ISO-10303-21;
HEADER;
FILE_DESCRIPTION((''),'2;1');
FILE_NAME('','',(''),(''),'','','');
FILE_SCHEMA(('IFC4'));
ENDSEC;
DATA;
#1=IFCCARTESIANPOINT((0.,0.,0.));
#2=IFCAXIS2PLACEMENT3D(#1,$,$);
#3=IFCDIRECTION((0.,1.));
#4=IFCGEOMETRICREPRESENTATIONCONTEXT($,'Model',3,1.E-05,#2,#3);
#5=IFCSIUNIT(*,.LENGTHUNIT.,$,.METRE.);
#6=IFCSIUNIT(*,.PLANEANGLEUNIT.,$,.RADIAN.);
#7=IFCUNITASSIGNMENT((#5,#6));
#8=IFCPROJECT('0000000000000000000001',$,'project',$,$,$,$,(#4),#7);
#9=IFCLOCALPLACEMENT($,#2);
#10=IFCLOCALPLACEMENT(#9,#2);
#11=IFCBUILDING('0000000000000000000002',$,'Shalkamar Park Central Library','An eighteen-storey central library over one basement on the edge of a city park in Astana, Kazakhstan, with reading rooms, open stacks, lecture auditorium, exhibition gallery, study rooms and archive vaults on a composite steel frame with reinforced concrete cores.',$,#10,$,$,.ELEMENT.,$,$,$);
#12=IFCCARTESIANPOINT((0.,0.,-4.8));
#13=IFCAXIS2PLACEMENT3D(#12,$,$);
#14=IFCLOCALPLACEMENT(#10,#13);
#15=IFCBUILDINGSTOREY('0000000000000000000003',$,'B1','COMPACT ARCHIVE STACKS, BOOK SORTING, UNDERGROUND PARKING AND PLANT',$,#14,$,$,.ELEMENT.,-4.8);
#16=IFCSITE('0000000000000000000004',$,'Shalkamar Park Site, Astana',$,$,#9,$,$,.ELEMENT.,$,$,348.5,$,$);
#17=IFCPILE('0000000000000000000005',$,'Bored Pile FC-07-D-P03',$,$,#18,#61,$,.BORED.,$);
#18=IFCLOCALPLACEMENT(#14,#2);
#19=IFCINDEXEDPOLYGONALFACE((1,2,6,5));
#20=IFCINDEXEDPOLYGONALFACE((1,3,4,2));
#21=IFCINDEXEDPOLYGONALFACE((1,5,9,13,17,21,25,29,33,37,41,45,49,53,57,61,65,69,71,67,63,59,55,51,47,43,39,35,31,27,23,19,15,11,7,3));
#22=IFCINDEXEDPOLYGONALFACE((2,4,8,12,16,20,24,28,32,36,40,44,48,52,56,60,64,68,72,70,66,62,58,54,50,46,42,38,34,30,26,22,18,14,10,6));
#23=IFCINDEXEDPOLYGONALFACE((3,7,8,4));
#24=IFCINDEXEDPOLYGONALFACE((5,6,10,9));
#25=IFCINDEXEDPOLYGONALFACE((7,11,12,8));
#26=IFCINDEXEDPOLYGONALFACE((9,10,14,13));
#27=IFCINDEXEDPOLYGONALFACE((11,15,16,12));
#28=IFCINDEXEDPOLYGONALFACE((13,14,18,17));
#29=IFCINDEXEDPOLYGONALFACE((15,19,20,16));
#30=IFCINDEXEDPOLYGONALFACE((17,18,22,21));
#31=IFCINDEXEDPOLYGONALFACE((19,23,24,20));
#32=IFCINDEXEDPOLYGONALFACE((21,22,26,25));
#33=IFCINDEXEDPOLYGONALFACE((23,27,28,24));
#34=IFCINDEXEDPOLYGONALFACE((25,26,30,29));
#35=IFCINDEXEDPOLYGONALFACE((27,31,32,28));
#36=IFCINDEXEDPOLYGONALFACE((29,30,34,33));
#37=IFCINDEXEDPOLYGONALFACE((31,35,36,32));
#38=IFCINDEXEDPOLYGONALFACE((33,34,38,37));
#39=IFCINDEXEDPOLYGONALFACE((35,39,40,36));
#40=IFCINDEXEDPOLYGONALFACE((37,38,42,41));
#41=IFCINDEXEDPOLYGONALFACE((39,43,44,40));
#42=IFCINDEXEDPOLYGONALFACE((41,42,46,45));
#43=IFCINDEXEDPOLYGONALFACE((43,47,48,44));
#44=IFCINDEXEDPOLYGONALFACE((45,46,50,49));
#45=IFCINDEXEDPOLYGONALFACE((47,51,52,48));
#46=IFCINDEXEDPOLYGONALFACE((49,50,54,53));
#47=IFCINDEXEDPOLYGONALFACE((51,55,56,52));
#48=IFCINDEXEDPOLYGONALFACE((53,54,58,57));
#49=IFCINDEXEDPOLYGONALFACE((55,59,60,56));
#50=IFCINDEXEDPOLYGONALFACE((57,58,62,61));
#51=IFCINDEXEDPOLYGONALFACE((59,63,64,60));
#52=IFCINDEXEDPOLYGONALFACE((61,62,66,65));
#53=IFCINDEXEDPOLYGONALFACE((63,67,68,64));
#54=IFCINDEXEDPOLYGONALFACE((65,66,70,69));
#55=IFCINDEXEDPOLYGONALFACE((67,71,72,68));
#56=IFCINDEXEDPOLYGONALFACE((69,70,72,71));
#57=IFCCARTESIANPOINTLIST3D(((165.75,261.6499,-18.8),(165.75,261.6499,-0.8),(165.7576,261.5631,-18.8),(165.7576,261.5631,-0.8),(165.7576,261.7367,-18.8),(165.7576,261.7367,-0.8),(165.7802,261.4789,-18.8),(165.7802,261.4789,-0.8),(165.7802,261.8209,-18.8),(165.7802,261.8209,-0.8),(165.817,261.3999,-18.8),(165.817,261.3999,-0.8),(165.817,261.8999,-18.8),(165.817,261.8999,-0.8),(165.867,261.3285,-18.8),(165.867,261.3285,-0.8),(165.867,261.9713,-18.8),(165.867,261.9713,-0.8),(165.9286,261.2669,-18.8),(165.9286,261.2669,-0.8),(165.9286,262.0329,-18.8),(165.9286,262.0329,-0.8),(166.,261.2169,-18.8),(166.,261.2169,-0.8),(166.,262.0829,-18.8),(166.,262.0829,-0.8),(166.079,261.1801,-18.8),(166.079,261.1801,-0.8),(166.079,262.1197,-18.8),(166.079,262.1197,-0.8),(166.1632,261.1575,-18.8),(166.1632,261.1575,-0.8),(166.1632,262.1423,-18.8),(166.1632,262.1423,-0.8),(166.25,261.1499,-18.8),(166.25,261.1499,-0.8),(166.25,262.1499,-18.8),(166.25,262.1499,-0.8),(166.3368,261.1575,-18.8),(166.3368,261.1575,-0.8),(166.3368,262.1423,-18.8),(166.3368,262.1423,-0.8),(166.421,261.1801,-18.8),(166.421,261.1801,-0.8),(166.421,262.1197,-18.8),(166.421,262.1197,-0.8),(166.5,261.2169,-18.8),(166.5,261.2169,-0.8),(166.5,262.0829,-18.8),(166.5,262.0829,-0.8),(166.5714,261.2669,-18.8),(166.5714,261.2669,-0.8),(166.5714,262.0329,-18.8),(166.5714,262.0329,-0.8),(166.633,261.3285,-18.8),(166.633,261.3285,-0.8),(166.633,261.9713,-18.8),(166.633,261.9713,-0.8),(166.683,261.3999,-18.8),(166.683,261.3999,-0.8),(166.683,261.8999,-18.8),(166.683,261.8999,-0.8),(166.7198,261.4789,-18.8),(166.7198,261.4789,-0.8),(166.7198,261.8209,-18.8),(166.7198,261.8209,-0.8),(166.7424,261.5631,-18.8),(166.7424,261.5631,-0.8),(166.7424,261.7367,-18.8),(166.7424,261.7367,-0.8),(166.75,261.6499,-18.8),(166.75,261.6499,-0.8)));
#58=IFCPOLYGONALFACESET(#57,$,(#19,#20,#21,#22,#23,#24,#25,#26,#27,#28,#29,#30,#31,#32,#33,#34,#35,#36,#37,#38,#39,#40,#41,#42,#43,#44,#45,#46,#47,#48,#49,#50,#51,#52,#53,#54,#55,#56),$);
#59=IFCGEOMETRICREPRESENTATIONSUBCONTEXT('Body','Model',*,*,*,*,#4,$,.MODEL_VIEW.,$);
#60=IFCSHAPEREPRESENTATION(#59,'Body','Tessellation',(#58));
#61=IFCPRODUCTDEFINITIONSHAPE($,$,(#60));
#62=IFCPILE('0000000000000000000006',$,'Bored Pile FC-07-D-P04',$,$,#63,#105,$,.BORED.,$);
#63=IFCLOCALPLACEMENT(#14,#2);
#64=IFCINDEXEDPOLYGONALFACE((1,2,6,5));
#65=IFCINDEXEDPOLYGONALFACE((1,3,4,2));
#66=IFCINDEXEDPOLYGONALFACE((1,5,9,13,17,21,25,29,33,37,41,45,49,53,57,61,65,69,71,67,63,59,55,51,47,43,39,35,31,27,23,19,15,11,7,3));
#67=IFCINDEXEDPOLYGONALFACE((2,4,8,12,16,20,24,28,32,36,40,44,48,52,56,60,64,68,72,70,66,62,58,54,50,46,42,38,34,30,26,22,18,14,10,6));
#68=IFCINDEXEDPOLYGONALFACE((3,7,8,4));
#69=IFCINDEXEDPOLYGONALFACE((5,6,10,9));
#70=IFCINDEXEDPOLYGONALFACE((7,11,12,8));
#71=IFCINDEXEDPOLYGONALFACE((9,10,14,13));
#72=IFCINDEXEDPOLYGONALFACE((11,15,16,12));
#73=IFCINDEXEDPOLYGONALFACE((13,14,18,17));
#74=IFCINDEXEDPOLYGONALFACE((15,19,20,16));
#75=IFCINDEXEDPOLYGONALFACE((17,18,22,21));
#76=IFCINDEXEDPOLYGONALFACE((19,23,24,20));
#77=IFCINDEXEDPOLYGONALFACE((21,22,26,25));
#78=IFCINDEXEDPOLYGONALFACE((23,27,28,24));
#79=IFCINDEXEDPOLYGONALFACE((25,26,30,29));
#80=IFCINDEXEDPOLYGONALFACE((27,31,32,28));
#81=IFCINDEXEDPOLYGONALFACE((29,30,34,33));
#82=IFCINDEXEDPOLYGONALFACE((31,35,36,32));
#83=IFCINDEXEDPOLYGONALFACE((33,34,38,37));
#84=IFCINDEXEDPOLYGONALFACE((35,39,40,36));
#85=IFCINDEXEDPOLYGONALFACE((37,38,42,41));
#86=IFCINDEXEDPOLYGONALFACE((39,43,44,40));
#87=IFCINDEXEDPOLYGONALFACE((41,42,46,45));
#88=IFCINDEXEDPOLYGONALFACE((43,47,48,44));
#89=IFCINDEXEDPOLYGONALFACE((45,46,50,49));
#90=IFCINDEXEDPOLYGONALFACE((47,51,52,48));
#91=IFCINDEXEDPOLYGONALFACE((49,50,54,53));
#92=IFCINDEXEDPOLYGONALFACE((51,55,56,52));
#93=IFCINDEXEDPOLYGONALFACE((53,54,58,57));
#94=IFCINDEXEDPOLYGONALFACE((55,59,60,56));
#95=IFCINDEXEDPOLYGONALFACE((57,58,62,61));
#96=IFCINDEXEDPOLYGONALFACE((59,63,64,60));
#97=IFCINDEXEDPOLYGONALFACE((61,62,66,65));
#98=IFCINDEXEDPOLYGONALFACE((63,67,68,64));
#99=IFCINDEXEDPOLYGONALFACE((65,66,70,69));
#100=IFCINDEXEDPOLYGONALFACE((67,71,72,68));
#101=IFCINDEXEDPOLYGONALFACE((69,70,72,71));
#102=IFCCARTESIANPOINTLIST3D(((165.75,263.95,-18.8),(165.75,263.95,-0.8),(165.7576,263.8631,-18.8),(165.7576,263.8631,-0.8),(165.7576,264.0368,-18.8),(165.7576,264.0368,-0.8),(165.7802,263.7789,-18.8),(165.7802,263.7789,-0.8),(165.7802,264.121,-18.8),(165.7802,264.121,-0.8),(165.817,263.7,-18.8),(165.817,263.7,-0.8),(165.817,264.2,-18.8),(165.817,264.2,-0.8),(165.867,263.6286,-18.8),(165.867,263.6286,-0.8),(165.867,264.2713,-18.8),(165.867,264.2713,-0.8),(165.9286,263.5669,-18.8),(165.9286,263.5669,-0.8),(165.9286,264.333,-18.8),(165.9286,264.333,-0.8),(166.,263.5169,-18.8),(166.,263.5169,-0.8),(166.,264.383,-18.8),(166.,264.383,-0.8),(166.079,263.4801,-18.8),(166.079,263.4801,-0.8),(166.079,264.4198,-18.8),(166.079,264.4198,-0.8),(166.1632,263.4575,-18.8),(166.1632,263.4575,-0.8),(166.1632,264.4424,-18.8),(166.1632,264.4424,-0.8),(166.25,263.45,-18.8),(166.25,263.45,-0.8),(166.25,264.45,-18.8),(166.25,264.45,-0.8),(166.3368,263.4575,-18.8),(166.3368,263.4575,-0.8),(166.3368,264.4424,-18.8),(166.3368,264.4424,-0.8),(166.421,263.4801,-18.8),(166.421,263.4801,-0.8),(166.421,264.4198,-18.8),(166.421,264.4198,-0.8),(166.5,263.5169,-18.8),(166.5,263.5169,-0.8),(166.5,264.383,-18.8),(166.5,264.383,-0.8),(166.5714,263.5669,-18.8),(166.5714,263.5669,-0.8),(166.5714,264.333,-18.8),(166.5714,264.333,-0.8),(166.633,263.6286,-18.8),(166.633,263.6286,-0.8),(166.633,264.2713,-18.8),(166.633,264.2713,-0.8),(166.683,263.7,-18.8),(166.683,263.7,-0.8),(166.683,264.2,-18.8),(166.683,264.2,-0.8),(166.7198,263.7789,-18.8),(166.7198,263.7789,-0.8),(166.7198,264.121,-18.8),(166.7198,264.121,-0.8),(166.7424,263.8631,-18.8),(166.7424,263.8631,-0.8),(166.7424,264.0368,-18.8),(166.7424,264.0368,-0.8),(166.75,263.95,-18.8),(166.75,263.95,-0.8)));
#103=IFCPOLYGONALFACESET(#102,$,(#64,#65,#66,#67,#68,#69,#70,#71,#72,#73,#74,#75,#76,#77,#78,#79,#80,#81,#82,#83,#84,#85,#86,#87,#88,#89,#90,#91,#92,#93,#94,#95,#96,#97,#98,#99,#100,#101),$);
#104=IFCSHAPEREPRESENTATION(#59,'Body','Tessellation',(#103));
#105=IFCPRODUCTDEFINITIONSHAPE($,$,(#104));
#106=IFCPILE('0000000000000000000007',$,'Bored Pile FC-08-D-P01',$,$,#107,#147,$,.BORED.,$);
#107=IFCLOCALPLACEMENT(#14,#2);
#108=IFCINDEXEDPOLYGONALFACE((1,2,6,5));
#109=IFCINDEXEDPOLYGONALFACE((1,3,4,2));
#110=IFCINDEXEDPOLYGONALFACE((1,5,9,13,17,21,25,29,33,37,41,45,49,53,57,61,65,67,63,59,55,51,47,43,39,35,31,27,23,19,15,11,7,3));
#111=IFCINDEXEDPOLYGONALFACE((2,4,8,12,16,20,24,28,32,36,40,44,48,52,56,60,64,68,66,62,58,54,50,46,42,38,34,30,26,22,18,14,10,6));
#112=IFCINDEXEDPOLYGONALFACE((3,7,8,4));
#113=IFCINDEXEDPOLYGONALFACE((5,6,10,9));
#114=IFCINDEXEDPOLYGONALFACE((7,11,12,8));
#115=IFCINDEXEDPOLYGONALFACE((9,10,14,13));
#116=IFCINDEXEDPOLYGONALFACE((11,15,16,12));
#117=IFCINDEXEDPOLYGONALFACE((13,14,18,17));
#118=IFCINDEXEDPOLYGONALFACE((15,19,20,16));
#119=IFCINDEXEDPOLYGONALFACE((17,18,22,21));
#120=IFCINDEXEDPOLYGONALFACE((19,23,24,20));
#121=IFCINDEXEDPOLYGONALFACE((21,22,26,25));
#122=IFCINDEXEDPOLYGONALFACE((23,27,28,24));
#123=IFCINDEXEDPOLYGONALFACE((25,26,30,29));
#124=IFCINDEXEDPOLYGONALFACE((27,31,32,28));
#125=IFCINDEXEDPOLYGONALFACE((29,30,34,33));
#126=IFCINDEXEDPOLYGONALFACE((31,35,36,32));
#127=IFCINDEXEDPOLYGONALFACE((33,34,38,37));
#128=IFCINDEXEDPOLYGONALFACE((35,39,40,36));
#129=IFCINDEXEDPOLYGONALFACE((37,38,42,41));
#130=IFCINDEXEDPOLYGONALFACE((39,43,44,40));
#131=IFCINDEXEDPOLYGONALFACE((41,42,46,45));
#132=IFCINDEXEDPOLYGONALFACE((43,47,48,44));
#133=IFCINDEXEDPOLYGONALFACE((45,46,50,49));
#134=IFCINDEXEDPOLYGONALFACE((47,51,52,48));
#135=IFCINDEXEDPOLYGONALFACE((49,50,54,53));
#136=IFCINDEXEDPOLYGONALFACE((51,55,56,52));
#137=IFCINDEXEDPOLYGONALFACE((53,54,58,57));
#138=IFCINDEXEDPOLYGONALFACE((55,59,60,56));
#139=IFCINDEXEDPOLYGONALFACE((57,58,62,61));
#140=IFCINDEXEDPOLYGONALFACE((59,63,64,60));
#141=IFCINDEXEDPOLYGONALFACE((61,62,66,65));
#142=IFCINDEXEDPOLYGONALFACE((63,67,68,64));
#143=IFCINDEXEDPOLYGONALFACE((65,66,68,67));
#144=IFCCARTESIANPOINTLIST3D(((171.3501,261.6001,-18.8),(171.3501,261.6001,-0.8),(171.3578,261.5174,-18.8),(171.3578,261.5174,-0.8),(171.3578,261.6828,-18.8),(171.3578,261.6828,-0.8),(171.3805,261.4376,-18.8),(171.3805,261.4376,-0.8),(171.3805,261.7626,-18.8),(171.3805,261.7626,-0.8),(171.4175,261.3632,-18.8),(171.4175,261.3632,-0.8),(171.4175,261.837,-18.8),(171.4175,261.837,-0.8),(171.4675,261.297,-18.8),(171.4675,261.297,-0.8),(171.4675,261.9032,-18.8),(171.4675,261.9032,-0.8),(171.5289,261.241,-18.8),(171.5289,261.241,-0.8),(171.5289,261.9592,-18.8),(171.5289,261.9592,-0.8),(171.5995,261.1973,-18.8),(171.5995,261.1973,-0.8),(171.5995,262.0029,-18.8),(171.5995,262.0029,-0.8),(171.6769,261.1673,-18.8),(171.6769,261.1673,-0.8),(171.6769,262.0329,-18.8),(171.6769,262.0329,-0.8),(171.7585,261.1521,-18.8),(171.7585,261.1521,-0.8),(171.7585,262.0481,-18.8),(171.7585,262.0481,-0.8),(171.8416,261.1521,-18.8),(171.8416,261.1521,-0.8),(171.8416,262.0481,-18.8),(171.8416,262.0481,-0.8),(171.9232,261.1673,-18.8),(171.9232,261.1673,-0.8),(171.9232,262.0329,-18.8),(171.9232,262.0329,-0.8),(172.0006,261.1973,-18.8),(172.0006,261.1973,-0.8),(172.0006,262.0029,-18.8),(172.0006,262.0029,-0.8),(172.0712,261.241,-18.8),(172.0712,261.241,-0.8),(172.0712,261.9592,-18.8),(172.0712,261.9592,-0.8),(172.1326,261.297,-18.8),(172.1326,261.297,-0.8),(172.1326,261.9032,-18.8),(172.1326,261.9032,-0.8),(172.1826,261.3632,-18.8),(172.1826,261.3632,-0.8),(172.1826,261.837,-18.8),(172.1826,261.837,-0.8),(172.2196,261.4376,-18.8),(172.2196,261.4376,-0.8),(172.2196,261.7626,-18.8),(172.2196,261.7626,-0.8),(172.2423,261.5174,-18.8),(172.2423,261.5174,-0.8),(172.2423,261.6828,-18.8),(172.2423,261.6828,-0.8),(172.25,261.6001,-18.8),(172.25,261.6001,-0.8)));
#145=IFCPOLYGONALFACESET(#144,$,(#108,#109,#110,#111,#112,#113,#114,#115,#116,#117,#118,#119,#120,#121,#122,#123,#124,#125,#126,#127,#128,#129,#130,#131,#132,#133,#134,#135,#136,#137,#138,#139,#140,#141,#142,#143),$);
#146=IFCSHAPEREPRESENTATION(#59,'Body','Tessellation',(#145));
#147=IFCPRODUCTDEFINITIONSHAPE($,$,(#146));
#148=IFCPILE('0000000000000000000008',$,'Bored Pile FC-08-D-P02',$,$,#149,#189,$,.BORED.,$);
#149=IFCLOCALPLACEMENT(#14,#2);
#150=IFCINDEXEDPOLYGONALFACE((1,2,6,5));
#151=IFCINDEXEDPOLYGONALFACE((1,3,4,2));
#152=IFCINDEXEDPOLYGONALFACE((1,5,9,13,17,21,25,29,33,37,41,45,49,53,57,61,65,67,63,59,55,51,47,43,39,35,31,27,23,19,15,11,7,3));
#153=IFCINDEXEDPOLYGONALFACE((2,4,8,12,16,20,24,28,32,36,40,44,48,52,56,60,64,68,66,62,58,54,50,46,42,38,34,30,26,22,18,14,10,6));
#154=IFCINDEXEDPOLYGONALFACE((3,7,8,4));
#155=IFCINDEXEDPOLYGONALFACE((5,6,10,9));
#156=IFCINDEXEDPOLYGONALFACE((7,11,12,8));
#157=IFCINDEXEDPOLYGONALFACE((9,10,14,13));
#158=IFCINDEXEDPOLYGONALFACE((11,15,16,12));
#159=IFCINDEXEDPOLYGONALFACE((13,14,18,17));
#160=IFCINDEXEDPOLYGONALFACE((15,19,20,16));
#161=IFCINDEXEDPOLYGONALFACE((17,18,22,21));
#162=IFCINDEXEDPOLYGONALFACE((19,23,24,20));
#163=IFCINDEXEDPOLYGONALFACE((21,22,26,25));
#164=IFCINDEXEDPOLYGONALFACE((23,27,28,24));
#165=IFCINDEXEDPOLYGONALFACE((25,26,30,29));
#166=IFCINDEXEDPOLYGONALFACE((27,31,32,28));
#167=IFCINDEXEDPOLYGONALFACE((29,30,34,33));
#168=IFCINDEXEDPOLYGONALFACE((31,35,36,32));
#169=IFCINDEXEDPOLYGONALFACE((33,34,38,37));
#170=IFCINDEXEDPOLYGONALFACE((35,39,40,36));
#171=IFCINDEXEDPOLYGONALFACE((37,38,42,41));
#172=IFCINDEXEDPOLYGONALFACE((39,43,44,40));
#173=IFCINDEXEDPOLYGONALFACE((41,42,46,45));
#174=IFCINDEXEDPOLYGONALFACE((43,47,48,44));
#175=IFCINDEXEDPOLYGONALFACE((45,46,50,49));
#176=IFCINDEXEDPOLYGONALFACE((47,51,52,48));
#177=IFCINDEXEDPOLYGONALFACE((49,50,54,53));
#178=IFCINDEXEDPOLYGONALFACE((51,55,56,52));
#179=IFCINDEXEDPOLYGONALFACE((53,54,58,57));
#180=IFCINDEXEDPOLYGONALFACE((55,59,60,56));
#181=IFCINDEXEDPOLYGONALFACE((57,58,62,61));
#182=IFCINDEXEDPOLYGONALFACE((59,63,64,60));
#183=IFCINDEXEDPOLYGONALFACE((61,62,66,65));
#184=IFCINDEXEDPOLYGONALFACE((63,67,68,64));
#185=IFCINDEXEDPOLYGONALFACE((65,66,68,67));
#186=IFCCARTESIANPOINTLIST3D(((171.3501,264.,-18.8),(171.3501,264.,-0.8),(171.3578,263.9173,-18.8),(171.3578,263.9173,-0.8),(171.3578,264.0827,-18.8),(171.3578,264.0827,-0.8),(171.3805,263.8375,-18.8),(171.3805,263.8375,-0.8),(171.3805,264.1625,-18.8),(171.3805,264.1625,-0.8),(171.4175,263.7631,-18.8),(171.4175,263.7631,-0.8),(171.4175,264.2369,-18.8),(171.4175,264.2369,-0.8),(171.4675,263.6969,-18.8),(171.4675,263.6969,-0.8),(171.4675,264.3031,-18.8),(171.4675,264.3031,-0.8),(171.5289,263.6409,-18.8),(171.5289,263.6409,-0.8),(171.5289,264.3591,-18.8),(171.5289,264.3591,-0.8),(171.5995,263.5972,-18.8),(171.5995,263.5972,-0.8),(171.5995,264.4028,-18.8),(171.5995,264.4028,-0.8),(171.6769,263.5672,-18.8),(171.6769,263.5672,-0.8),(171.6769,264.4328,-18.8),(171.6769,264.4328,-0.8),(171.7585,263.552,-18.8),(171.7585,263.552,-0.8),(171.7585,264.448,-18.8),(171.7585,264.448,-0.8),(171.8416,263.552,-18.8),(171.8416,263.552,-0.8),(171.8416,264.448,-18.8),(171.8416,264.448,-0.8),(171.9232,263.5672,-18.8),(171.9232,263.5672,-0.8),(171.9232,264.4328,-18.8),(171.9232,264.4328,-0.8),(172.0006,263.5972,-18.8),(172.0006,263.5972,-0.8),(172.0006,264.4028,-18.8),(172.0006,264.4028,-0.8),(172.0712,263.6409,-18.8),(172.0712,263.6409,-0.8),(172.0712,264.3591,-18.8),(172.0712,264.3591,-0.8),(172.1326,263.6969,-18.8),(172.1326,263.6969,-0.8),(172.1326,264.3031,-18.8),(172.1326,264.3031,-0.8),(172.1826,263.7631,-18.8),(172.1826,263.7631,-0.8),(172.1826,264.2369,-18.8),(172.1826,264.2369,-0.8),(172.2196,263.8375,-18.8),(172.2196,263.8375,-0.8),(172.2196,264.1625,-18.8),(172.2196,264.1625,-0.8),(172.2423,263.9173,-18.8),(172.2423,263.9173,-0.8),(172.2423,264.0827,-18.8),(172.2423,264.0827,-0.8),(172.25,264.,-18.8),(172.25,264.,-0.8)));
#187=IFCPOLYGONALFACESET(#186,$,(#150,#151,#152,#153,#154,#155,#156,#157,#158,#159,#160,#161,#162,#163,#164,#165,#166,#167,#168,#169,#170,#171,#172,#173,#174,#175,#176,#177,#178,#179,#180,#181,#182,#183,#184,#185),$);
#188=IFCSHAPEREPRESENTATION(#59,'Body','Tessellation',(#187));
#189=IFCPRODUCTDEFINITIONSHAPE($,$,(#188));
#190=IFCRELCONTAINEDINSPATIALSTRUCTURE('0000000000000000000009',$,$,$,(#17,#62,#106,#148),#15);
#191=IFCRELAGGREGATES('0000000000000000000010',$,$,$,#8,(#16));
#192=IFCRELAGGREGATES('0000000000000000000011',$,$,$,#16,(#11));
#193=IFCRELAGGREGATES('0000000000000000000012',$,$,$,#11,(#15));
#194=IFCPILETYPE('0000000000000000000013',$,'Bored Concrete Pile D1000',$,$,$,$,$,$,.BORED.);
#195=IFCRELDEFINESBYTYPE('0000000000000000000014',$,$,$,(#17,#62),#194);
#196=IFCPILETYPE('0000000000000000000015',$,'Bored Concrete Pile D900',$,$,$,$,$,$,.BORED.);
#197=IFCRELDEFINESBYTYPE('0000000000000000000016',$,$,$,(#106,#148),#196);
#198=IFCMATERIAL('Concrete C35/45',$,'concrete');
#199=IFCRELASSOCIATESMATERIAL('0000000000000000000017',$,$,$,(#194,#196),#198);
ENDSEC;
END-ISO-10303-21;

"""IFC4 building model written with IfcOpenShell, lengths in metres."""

from ifc_helpers import new_model, si_unit, direction, frame, origin, origin_2d, place, context, subcontext, project, spatial, circle, extrude, material, material_profile, profile_set, type_object, element, save


model = new_model("IFC4")

# Units and contexts
model_context = context("Model", 3, precision=1e-05, world=origin(), true_north=direction((0.0, 1.0)))
body_context = subcontext(model_context, "Body", "Model", "MODEL_VIEW")
ifc_project = project(units=[si_unit("LENGTHUNIT", "METRE"), si_unit("PLANEANGLEUNIT", "RADIAN")], contexts=[model_context])

# Site, building, storey
site_placement = place(None, origin())
site = spatial("IfcSite", under=ifc_project, at=site_placement, Name="Shalkamar Park Site, Astana", CompositionType="ELEMENT", RefElevation=348.5)
building_placement = place(site_placement, origin())
building = spatial("IfcBuilding", under=site, at=building_placement, Name="Shalkamar Park Central Library", Description="An eighteen-storey central library over one basement on the edge of a city park in Astana, Kazakhstan, with reading rooms, open stacks, lecture auditorium, exhibition gallery, study rooms and archive vaults on a composite steel frame with reinforced concrete cores.", CompositionType="ELEMENT")
storey_placement = place(building_placement, frame((0.0, 0.0, -4.8)))
storey = spatial("IfcBuildingStorey", under=building, at=storey_placement, Name="B1", Description="COMPACT ARCHIVE STACKS, BOOK SORTING, UNDERGROUND PARKING AND PLANT", CompositionType="ELEMENT", Elevation=-4.8)

# Piles
ifc_material_1 = material(Name="Concrete C35/45", Category="concrete")
ifc_material_profile_1 = material_profile(ifc_material_1, circle(Radius=0.5, at=origin_2d()), Name="PILE D1000")
ifc_profile_set_1 = profile_set([ifc_material_profile_1], Name="Concrete C35/45")
pile_type_1 = type_object("IfcPileType", Name="Bored Concrete Pile D1000", PredefinedType="BORED", material=ifc_profile_set_1)
for number, where, z_axis, x_axis, name in (
    (1, (166.25, 261.6499, -0.8), (0.0, 0.0, -1.0), (1.0, 0.0, 0.0), "Bored Pile FC-07-D-P03"),
    (2, (166.25, 263.95, -0.8), (0.0, 0.0, -1.0), (1.0, 0.0, 0.0), "Bored Pile FC-07-D-P04"),
):
    element("IfcPile", number, at=place(storey_placement, frame(where, z_axis=z_axis, x_axis=x_axis)), inside=storey, type_object=pile_type_1, Name=name, PredefinedType="BORED", context=body_context, shape_type="SweptSolid", body=[
        extrude(circle(Radius=0.5, at=origin_2d()), origin(), (0.0, 0.0, 1.0), 18.0),
    ])
ifc_material_profile_2 = material_profile(ifc_material_1, circle(Radius=0.45, at=origin_2d()), Name="PILE D900")
ifc_profile_set_2 = profile_set([ifc_material_profile_2], Name="Concrete C35/45")
pile_type_2 = type_object("IfcPileType", Name="Bored Concrete Pile D900", PredefinedType="BORED", material=ifc_profile_set_2)
for number, where, z_axis, x_axis, name in (
    (3, (171.8, 261.6001, -0.8), (0.0, 0.0, -1.0), (1.0, 0.0, 0.0), "Bored Pile FC-08-D-P01"),
    (4, (171.8, 264.0, -0.8), (0.0, 0.0, -1.0), (1.0, 0.0, 0.0), "Bored Pile FC-08-D-P02"),
):
    element("IfcPile", number, at=place(storey_placement, frame(where, z_axis=z_axis, x_axis=x_axis)), inside=storey, type_object=pile_type_2, Name=name, PredefinedType="BORED", context=body_context, shape_type="SweptSolid", body=[
        extrude(circle(Radius=0.45, at=origin_2d()), origin(), (0.0, 0.0, 1.0), 18.0),
    ])

save(model, "model.ifc")
